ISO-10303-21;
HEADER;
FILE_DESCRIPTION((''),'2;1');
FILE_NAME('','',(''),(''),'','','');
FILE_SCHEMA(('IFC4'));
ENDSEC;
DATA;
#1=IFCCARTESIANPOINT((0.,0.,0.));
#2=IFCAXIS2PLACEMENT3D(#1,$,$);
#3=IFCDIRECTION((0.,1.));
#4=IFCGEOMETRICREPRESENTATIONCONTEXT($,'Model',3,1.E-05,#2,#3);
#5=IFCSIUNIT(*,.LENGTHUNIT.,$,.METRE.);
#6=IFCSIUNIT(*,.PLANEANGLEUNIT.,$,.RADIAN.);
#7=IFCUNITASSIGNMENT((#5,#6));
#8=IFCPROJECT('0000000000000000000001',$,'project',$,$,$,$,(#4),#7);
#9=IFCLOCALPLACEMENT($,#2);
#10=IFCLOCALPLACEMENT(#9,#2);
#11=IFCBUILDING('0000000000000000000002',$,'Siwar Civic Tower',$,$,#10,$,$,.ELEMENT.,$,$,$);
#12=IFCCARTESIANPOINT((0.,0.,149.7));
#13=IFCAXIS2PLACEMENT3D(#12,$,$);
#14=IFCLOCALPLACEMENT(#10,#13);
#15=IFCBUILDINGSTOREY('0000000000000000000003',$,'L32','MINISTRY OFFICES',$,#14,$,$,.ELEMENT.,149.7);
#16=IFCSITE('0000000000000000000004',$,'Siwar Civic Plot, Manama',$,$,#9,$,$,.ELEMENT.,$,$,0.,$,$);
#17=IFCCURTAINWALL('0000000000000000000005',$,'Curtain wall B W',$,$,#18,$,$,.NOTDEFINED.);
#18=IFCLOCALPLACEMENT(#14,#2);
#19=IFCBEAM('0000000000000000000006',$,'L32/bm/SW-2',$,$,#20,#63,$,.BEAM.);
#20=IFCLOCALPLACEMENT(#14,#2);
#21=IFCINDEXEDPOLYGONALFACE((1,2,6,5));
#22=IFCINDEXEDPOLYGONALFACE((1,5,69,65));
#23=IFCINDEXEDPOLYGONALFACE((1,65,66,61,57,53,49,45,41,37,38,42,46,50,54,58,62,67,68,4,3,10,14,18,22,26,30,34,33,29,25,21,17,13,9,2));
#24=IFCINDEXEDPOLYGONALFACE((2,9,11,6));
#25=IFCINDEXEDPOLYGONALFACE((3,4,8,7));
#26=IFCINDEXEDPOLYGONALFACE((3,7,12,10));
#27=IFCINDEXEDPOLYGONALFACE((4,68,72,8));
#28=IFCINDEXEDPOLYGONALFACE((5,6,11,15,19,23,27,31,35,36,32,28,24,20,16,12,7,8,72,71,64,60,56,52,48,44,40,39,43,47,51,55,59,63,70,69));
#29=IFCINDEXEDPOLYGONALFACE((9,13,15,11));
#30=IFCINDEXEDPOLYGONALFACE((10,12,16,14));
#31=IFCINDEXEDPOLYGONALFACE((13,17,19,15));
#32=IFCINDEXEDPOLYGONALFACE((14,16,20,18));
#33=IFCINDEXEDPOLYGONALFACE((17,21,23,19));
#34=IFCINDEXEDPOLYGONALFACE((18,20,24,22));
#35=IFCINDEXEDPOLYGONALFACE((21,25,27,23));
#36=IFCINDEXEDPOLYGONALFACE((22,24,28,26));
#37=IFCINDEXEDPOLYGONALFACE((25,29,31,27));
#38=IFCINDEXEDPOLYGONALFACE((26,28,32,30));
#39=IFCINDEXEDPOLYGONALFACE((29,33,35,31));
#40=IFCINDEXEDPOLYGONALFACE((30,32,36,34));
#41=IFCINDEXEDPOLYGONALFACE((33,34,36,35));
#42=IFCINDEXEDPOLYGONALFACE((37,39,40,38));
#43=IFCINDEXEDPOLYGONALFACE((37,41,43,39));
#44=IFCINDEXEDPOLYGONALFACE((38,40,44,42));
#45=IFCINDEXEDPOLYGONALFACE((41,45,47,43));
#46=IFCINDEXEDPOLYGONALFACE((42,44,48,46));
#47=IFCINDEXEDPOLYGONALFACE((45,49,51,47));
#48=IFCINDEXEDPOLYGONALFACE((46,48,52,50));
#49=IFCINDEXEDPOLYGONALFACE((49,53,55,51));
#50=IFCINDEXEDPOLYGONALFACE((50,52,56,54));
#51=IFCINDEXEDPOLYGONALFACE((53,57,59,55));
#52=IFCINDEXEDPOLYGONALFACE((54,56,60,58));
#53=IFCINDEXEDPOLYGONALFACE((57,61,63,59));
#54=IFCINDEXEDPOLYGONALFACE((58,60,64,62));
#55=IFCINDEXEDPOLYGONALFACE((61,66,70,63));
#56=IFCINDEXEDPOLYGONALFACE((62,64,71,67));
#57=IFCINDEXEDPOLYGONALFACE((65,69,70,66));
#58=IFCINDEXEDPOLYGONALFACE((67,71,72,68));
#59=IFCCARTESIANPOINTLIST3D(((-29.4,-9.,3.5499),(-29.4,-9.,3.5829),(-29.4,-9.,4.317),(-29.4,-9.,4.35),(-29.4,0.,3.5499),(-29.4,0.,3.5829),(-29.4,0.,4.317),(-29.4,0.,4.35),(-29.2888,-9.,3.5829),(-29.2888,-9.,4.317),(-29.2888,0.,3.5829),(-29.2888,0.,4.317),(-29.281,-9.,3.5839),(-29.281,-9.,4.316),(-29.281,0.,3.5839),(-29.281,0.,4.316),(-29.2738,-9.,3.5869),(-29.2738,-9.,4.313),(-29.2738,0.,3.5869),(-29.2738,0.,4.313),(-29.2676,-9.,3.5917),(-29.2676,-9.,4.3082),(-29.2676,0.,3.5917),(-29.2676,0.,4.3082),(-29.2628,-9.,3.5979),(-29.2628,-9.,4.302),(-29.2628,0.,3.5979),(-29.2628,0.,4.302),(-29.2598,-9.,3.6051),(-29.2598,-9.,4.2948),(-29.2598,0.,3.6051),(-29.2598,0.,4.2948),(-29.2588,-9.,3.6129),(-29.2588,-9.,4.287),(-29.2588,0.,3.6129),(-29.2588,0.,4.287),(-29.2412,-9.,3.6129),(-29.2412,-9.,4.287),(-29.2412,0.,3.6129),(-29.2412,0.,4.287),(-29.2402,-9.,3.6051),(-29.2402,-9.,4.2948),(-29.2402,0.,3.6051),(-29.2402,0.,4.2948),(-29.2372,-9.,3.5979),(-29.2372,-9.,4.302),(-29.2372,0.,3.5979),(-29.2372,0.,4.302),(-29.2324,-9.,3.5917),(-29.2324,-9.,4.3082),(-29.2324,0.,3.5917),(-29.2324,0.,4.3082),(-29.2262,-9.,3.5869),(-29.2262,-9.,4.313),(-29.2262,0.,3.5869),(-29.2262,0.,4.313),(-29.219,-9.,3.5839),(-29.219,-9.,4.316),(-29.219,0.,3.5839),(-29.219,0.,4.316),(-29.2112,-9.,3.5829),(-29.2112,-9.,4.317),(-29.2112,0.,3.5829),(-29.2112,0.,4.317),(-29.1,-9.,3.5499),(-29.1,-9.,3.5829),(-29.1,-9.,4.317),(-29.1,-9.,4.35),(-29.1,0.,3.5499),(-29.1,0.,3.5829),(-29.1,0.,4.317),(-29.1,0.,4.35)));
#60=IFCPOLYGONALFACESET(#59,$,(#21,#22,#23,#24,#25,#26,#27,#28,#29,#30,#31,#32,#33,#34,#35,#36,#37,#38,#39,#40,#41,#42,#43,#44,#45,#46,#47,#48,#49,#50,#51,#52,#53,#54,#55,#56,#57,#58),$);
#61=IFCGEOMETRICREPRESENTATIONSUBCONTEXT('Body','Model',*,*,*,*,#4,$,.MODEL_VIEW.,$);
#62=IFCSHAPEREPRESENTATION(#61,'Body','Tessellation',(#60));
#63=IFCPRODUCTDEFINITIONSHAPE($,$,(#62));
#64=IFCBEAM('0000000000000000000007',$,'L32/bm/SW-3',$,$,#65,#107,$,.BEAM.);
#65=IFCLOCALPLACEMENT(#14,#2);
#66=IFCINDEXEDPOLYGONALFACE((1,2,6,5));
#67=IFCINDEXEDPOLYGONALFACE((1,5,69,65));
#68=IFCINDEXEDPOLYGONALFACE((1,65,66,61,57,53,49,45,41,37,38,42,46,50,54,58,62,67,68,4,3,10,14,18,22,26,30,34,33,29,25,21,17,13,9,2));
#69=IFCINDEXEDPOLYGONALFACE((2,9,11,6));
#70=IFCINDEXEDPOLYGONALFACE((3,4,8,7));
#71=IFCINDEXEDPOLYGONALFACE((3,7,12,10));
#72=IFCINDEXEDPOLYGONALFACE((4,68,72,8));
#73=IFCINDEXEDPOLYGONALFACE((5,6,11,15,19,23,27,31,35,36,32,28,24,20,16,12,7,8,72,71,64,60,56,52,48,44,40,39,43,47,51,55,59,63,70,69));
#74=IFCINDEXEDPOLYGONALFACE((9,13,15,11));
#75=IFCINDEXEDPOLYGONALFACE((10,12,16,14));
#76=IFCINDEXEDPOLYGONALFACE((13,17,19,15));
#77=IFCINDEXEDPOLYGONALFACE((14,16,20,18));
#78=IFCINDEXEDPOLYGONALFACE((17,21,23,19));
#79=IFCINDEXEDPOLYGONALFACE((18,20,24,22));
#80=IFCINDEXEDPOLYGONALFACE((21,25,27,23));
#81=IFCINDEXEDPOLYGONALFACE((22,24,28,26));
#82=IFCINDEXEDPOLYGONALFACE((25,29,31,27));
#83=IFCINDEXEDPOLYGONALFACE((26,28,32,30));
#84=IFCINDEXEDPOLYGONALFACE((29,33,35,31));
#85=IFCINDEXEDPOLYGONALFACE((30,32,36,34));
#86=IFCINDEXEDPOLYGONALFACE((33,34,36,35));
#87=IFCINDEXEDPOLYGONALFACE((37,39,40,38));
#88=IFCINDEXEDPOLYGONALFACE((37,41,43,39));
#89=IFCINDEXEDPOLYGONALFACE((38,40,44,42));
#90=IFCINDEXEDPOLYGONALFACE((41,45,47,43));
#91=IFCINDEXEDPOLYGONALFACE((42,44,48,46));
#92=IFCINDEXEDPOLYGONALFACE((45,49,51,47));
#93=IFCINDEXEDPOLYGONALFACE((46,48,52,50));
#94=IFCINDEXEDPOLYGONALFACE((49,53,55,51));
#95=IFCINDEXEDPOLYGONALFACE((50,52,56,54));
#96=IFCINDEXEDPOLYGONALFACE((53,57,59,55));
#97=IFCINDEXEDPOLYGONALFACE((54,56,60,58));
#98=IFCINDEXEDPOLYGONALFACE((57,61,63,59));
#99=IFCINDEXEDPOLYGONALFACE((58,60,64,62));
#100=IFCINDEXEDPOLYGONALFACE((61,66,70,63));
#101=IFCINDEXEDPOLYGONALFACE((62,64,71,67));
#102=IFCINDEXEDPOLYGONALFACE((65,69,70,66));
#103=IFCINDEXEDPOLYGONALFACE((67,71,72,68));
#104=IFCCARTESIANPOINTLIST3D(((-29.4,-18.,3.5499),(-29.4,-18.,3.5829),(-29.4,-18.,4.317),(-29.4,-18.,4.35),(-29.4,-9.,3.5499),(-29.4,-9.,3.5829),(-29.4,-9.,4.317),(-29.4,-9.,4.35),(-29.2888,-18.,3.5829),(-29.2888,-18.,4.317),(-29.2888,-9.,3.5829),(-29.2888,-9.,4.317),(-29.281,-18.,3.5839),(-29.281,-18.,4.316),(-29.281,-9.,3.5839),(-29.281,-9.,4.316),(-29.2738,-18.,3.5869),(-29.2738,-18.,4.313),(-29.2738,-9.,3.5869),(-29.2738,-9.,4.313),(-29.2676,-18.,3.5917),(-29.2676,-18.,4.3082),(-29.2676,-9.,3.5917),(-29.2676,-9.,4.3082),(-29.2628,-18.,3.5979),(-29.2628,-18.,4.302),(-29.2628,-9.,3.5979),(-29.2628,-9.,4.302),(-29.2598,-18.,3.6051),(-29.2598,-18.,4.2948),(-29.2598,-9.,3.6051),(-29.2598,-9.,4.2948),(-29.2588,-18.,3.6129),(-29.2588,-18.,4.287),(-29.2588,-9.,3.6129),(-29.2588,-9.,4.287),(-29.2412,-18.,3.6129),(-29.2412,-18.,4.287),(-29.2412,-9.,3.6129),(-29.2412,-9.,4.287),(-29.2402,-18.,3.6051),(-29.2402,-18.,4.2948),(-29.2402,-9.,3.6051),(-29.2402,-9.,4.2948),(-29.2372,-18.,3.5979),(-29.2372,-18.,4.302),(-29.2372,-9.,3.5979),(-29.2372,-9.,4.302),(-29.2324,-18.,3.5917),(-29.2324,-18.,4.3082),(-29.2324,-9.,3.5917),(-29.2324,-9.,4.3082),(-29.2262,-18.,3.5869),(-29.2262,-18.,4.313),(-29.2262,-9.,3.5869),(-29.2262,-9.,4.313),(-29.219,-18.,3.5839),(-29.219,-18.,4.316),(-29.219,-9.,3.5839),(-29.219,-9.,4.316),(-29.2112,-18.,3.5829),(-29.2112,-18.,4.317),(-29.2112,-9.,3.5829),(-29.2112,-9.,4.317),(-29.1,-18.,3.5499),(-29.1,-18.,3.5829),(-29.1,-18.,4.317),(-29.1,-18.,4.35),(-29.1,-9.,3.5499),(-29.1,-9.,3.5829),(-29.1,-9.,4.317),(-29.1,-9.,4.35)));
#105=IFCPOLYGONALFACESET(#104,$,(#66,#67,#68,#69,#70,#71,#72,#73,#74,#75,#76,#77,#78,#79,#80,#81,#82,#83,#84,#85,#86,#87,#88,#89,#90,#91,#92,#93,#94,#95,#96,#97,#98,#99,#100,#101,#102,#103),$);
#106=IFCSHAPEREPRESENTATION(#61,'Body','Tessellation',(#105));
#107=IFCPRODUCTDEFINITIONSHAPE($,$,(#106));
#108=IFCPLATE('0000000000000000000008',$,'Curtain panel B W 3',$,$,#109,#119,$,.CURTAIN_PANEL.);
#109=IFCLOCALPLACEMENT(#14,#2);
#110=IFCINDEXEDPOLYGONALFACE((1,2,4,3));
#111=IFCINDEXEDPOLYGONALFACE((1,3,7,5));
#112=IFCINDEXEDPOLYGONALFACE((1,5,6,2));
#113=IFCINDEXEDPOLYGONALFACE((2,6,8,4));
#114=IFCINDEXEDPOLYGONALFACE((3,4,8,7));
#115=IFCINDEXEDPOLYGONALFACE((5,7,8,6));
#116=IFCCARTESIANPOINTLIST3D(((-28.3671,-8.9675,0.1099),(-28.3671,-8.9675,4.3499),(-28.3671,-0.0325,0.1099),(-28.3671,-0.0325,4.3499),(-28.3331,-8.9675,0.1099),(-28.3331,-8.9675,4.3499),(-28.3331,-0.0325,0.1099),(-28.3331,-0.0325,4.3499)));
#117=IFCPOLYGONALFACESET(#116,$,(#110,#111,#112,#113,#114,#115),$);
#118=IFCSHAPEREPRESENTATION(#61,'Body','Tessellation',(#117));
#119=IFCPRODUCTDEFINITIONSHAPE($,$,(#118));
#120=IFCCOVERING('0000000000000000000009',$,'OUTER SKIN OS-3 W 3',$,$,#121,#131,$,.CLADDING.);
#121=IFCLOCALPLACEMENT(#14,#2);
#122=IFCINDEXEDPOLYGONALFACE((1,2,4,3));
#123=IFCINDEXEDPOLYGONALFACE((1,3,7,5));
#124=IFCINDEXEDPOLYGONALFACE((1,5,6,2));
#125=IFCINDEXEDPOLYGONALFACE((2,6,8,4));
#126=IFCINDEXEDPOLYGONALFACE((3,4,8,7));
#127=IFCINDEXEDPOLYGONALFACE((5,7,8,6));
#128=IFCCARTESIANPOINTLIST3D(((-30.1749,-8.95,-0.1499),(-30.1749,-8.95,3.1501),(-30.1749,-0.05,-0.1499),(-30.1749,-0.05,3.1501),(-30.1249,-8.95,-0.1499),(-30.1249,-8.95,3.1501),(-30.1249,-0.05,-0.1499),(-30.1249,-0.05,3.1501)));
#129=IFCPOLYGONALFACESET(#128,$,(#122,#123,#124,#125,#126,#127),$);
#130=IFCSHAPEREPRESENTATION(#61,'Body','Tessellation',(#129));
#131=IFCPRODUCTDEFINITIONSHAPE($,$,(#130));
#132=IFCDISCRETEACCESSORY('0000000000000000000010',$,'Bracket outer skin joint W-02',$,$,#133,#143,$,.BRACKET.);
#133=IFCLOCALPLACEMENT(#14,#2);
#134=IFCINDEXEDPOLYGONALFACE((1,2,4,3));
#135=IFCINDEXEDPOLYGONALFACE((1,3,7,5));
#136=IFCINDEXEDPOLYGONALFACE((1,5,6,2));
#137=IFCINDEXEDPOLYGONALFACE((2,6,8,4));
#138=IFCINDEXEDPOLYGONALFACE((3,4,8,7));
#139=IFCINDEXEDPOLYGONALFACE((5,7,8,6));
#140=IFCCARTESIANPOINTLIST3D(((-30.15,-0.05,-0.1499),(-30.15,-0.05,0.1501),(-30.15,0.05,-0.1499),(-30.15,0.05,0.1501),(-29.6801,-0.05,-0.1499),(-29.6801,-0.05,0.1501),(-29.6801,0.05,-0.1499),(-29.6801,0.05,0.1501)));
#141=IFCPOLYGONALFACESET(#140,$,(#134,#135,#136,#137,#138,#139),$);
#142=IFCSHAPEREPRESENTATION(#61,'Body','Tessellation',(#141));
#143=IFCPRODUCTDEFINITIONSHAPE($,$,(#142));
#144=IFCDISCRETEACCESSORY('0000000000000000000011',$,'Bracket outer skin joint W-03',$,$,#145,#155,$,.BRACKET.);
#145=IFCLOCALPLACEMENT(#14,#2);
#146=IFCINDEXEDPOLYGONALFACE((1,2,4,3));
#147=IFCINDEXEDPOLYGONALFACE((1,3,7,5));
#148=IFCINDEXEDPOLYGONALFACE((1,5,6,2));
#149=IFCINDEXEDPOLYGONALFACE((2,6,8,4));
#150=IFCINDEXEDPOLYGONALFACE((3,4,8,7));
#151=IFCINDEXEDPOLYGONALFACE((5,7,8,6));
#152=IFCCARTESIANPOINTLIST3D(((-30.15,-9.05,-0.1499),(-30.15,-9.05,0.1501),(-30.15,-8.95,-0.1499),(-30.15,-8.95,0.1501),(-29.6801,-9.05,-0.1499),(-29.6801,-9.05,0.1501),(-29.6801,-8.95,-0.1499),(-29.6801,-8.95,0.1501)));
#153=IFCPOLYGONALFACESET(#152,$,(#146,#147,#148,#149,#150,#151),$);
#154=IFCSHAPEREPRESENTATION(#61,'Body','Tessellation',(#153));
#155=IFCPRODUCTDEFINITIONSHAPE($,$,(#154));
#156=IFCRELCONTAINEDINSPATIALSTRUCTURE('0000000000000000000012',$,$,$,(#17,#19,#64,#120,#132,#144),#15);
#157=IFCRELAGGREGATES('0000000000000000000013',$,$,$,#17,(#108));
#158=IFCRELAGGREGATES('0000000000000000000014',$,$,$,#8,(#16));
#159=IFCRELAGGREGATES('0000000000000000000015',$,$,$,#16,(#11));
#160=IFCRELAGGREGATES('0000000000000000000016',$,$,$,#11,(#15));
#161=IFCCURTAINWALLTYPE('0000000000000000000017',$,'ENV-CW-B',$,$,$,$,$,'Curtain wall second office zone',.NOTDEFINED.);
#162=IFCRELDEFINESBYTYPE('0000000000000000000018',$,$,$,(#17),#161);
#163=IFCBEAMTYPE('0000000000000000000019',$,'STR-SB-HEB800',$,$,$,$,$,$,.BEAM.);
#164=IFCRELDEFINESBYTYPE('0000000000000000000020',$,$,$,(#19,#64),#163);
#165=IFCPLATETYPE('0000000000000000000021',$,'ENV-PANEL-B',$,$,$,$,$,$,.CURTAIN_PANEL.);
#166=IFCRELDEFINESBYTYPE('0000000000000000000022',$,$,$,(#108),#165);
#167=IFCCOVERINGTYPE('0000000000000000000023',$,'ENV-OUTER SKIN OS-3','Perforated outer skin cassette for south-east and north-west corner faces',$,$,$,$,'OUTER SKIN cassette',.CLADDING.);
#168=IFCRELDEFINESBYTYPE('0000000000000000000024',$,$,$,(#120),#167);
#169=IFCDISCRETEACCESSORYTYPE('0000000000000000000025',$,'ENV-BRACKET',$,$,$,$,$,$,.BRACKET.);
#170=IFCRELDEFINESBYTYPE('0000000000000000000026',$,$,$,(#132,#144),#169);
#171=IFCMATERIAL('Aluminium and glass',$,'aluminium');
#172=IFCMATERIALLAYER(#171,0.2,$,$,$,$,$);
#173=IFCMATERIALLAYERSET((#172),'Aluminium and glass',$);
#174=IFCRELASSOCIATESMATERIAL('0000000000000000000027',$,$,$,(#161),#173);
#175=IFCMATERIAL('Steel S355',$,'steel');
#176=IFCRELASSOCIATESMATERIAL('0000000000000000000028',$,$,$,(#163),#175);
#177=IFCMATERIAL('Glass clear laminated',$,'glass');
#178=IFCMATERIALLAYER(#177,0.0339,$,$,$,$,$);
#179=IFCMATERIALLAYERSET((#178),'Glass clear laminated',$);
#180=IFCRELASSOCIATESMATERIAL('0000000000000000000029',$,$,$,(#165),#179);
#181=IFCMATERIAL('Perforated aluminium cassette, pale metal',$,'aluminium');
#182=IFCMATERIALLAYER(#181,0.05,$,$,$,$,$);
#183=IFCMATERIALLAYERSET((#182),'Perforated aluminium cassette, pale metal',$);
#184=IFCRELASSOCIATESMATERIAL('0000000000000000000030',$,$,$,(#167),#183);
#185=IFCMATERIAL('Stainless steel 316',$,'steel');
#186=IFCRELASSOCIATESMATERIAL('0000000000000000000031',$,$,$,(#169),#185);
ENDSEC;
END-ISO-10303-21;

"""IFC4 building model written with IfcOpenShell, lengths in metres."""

from ifc_helpers import new_model, si_unit, direction, frame, origin, origin_2d, place, context, subcontext, project, spatial, rectangle, i_section, extrude, material, layer, layer_set, material_profile, profile_set, type_object, element, aggregate, save


model = new_model("IFC4")

# Units and contexts
model_context = context("Model", 3, precision=1e-05, world=origin(), true_north=direction((0.0, 1.0)))
body_context = subcontext(model_context, "Body", "Model", "MODEL_VIEW")
ifc_project = project(units=[si_unit("LENGTHUNIT", "METRE"), si_unit("PLANEANGLEUNIT", "RADIAN")], contexts=[model_context])

# Site, building, storey
site_placement = place(None, origin())
site = spatial("IfcSite", under=ifc_project, at=site_placement, Name="Siwar Civic Plot, Manama", CompositionType="ELEMENT", RefElevation=0.0)
building_placement = place(site_placement, origin())
building = spatial("IfcBuilding", under=site, at=building_placement, Name="Siwar Civic Tower", CompositionType="ELEMENT")
storey_placement = place(building_placement, frame((0.0, 0.0, 149.7)))
storey = spatial("IfcBuildingStorey", under=building, at=storey_placement, Name="L32", Description="MINISTRY OFFICES", CompositionType="ELEMENT", Elevation=149.7)

# Curtain wall
ifc_material_1 = material(Name="Aluminium and glass", Category="aluminium")
ifc_layer_1 = layer(ifc_material_1, 0.2)
ifc_layer_set_1 = layer_set([ifc_layer_1], Name="Aluminium and glass")
curtain_wall_type = type_object("IfcCurtainWallType", Name="ENV-CW-B", ElementType="Curtain wall second office zone", PredefinedType="NOTDEFINED", material=ifc_layer_set_1)
curtain_wall_placement = place(storey_placement, origin())
curtain_wall = element("IfcCurtainWall", 1, at=curtain_wall_placement, inside=storey, type_object=curtain_wall_type, Name="Curtain wall B W", PredefinedType="NOTDEFINED")

# Beams
ifc_material_2 = material(Name="Steel S355", Category="steel")
ifc_material_profile_1 = material_profile(ifc_material_2, i_section(OverallWidth=0.3, OverallDepth=0.8, WebThickness=0.0176, FlangeThickness=0.033, FilletRadius=0.03, at=origin_2d()), Name="HEB800")
ifc_profile_set_1 = profile_set([ifc_material_profile_1], Name="Steel S355")
beam_type_1 = type_object("IfcBeamType", Name="STR-SB-HEB800", PredefinedType="BEAM", material=ifc_profile_set_1)
for number, where, z_axis, x_axis, name in (
    (2, (-29.25, 0.0, 3.95), (0.0, -1.0, 0.0), (1.0, 0.0, 0.0), "L32/bm/SW-2"),
    (3, (-29.25, -9.0, 3.95), (0.0, -1.0, 0.0), (1.0, 0.0, 0.0), "L32/bm/SW-3"),
):
    element("IfcBeam", number, at=place(storey_placement, frame(where, z_axis=z_axis, x_axis=x_axis)), inside=storey, type_object=beam_type_1, Name=name, PredefinedType="BEAM", context=body_context, shape_type="SweptSolid", body=[
        extrude(i_section(OverallWidth=0.3, OverallDepth=0.8, WebThickness=0.0176, FlangeThickness=0.033, FilletRadius=0.03, at=origin_2d()), origin(), (0.0, 0.0, 1.0), 9.0),
    ])

# Plate
ifc_material_3 = material(Name="Glass clear laminated", Category="glass")
ifc_layer_2 = layer(ifc_material_3, 0.0339)
ifc_layer_set_2 = layer_set([ifc_layer_2], Name="Glass clear laminated")
plate_type = type_object("IfcPlateType", Name="ENV-PANEL-B", PredefinedType="CURTAIN_PANEL", material=ifc_layer_set_2)
plate_placement = place(storey_placement, frame((-28.3501, -4.5, 0.1099), z_axis=(0.0, 0.0, 1.0), x_axis=(0.0, -1.0, 0.0)))
plate = element("IfcPlate", 4, at=plate_placement, type_object=plate_type, Name="Curtain panel B W 3", PredefinedType="CURTAIN_PANEL", context=body_context, shape_type="SweptSolid", body=[
    extrude(rectangle(XDim=8.9351, YDim=0.0339, at=origin_2d()), origin(), (0.0, 0.0, 1.0), 4.24),
])
aggregate(curtain_wall, [plate])

# Covering
ifc_material_4 = material(Name="Perforated aluminium cassette, pale metal", Category="aluminium")
ifc_layer_3 = layer(ifc_material_4, 0.05)
ifc_layer_set_3 = layer_set([ifc_layer_3], Name="Perforated aluminium cassette, pale metal")
covering_type = type_object("IfcCoveringType", Name="ENV-OUTER SKIN OS-3", Description="Perforated outer skin cassette for south-east and north-west corner faces", ElementType="OUTER SKIN cassette", PredefinedType="CLADDING", material=ifc_layer_set_3)
covering_placement = place(storey_placement, frame((-30.1499, -4.5, -0.1499), z_axis=(0.0, 0.0, 1.0), x_axis=(0.0, -1.0, 0.0)))
element("IfcCovering", 5, at=covering_placement, inside=storey, type_object=covering_type, Name="OUTER SKIN OS-3 W 3", PredefinedType="CLADDING", context=body_context, shape_type="SweptSolid", body=[
    extrude(rectangle(XDim=8.8999, YDim=0.05, at=origin_2d()), origin(), (0.0, 0.0, 1.0), 3.3),
])

# Discrete accessories
ifc_material_5 = material(Name="Stainless steel 316", Category="steel")
discrete_accessory_type = type_object("IfcDiscreteAccessoryType", Name="ENV-BRACKET", PredefinedType="BRACKET", material=ifc_material_5)
for number, where, z_axis, x_axis, name in (
    (6, (-29.915, 0.0, -0.1499), (0.0, 0.0, 1.0), (-1.0, 0.0, 0.0), "Bracket outer skin joint W-02"),
    (7, (-29.915, -9.0, -0.1499), (0.0, 0.0, 1.0), (-1.0, 0.0, 0.0), "Bracket outer skin joint W-03"),
):
    element("IfcDiscreteAccessory", number, at=place(storey_placement, frame(where, z_axis=z_axis, x_axis=x_axis)), inside=storey, type_object=discrete_accessory_type, Name=name, PredefinedType="BRACKET", context=body_context, shape_type="SweptSolid", body=[
        extrude(rectangle(XDim=0.47, YDim=0.1001, at=origin_2d()), origin(), (0.0, 0.0, 1.0), 0.3),
    ])

save(model, "model.ifc")
